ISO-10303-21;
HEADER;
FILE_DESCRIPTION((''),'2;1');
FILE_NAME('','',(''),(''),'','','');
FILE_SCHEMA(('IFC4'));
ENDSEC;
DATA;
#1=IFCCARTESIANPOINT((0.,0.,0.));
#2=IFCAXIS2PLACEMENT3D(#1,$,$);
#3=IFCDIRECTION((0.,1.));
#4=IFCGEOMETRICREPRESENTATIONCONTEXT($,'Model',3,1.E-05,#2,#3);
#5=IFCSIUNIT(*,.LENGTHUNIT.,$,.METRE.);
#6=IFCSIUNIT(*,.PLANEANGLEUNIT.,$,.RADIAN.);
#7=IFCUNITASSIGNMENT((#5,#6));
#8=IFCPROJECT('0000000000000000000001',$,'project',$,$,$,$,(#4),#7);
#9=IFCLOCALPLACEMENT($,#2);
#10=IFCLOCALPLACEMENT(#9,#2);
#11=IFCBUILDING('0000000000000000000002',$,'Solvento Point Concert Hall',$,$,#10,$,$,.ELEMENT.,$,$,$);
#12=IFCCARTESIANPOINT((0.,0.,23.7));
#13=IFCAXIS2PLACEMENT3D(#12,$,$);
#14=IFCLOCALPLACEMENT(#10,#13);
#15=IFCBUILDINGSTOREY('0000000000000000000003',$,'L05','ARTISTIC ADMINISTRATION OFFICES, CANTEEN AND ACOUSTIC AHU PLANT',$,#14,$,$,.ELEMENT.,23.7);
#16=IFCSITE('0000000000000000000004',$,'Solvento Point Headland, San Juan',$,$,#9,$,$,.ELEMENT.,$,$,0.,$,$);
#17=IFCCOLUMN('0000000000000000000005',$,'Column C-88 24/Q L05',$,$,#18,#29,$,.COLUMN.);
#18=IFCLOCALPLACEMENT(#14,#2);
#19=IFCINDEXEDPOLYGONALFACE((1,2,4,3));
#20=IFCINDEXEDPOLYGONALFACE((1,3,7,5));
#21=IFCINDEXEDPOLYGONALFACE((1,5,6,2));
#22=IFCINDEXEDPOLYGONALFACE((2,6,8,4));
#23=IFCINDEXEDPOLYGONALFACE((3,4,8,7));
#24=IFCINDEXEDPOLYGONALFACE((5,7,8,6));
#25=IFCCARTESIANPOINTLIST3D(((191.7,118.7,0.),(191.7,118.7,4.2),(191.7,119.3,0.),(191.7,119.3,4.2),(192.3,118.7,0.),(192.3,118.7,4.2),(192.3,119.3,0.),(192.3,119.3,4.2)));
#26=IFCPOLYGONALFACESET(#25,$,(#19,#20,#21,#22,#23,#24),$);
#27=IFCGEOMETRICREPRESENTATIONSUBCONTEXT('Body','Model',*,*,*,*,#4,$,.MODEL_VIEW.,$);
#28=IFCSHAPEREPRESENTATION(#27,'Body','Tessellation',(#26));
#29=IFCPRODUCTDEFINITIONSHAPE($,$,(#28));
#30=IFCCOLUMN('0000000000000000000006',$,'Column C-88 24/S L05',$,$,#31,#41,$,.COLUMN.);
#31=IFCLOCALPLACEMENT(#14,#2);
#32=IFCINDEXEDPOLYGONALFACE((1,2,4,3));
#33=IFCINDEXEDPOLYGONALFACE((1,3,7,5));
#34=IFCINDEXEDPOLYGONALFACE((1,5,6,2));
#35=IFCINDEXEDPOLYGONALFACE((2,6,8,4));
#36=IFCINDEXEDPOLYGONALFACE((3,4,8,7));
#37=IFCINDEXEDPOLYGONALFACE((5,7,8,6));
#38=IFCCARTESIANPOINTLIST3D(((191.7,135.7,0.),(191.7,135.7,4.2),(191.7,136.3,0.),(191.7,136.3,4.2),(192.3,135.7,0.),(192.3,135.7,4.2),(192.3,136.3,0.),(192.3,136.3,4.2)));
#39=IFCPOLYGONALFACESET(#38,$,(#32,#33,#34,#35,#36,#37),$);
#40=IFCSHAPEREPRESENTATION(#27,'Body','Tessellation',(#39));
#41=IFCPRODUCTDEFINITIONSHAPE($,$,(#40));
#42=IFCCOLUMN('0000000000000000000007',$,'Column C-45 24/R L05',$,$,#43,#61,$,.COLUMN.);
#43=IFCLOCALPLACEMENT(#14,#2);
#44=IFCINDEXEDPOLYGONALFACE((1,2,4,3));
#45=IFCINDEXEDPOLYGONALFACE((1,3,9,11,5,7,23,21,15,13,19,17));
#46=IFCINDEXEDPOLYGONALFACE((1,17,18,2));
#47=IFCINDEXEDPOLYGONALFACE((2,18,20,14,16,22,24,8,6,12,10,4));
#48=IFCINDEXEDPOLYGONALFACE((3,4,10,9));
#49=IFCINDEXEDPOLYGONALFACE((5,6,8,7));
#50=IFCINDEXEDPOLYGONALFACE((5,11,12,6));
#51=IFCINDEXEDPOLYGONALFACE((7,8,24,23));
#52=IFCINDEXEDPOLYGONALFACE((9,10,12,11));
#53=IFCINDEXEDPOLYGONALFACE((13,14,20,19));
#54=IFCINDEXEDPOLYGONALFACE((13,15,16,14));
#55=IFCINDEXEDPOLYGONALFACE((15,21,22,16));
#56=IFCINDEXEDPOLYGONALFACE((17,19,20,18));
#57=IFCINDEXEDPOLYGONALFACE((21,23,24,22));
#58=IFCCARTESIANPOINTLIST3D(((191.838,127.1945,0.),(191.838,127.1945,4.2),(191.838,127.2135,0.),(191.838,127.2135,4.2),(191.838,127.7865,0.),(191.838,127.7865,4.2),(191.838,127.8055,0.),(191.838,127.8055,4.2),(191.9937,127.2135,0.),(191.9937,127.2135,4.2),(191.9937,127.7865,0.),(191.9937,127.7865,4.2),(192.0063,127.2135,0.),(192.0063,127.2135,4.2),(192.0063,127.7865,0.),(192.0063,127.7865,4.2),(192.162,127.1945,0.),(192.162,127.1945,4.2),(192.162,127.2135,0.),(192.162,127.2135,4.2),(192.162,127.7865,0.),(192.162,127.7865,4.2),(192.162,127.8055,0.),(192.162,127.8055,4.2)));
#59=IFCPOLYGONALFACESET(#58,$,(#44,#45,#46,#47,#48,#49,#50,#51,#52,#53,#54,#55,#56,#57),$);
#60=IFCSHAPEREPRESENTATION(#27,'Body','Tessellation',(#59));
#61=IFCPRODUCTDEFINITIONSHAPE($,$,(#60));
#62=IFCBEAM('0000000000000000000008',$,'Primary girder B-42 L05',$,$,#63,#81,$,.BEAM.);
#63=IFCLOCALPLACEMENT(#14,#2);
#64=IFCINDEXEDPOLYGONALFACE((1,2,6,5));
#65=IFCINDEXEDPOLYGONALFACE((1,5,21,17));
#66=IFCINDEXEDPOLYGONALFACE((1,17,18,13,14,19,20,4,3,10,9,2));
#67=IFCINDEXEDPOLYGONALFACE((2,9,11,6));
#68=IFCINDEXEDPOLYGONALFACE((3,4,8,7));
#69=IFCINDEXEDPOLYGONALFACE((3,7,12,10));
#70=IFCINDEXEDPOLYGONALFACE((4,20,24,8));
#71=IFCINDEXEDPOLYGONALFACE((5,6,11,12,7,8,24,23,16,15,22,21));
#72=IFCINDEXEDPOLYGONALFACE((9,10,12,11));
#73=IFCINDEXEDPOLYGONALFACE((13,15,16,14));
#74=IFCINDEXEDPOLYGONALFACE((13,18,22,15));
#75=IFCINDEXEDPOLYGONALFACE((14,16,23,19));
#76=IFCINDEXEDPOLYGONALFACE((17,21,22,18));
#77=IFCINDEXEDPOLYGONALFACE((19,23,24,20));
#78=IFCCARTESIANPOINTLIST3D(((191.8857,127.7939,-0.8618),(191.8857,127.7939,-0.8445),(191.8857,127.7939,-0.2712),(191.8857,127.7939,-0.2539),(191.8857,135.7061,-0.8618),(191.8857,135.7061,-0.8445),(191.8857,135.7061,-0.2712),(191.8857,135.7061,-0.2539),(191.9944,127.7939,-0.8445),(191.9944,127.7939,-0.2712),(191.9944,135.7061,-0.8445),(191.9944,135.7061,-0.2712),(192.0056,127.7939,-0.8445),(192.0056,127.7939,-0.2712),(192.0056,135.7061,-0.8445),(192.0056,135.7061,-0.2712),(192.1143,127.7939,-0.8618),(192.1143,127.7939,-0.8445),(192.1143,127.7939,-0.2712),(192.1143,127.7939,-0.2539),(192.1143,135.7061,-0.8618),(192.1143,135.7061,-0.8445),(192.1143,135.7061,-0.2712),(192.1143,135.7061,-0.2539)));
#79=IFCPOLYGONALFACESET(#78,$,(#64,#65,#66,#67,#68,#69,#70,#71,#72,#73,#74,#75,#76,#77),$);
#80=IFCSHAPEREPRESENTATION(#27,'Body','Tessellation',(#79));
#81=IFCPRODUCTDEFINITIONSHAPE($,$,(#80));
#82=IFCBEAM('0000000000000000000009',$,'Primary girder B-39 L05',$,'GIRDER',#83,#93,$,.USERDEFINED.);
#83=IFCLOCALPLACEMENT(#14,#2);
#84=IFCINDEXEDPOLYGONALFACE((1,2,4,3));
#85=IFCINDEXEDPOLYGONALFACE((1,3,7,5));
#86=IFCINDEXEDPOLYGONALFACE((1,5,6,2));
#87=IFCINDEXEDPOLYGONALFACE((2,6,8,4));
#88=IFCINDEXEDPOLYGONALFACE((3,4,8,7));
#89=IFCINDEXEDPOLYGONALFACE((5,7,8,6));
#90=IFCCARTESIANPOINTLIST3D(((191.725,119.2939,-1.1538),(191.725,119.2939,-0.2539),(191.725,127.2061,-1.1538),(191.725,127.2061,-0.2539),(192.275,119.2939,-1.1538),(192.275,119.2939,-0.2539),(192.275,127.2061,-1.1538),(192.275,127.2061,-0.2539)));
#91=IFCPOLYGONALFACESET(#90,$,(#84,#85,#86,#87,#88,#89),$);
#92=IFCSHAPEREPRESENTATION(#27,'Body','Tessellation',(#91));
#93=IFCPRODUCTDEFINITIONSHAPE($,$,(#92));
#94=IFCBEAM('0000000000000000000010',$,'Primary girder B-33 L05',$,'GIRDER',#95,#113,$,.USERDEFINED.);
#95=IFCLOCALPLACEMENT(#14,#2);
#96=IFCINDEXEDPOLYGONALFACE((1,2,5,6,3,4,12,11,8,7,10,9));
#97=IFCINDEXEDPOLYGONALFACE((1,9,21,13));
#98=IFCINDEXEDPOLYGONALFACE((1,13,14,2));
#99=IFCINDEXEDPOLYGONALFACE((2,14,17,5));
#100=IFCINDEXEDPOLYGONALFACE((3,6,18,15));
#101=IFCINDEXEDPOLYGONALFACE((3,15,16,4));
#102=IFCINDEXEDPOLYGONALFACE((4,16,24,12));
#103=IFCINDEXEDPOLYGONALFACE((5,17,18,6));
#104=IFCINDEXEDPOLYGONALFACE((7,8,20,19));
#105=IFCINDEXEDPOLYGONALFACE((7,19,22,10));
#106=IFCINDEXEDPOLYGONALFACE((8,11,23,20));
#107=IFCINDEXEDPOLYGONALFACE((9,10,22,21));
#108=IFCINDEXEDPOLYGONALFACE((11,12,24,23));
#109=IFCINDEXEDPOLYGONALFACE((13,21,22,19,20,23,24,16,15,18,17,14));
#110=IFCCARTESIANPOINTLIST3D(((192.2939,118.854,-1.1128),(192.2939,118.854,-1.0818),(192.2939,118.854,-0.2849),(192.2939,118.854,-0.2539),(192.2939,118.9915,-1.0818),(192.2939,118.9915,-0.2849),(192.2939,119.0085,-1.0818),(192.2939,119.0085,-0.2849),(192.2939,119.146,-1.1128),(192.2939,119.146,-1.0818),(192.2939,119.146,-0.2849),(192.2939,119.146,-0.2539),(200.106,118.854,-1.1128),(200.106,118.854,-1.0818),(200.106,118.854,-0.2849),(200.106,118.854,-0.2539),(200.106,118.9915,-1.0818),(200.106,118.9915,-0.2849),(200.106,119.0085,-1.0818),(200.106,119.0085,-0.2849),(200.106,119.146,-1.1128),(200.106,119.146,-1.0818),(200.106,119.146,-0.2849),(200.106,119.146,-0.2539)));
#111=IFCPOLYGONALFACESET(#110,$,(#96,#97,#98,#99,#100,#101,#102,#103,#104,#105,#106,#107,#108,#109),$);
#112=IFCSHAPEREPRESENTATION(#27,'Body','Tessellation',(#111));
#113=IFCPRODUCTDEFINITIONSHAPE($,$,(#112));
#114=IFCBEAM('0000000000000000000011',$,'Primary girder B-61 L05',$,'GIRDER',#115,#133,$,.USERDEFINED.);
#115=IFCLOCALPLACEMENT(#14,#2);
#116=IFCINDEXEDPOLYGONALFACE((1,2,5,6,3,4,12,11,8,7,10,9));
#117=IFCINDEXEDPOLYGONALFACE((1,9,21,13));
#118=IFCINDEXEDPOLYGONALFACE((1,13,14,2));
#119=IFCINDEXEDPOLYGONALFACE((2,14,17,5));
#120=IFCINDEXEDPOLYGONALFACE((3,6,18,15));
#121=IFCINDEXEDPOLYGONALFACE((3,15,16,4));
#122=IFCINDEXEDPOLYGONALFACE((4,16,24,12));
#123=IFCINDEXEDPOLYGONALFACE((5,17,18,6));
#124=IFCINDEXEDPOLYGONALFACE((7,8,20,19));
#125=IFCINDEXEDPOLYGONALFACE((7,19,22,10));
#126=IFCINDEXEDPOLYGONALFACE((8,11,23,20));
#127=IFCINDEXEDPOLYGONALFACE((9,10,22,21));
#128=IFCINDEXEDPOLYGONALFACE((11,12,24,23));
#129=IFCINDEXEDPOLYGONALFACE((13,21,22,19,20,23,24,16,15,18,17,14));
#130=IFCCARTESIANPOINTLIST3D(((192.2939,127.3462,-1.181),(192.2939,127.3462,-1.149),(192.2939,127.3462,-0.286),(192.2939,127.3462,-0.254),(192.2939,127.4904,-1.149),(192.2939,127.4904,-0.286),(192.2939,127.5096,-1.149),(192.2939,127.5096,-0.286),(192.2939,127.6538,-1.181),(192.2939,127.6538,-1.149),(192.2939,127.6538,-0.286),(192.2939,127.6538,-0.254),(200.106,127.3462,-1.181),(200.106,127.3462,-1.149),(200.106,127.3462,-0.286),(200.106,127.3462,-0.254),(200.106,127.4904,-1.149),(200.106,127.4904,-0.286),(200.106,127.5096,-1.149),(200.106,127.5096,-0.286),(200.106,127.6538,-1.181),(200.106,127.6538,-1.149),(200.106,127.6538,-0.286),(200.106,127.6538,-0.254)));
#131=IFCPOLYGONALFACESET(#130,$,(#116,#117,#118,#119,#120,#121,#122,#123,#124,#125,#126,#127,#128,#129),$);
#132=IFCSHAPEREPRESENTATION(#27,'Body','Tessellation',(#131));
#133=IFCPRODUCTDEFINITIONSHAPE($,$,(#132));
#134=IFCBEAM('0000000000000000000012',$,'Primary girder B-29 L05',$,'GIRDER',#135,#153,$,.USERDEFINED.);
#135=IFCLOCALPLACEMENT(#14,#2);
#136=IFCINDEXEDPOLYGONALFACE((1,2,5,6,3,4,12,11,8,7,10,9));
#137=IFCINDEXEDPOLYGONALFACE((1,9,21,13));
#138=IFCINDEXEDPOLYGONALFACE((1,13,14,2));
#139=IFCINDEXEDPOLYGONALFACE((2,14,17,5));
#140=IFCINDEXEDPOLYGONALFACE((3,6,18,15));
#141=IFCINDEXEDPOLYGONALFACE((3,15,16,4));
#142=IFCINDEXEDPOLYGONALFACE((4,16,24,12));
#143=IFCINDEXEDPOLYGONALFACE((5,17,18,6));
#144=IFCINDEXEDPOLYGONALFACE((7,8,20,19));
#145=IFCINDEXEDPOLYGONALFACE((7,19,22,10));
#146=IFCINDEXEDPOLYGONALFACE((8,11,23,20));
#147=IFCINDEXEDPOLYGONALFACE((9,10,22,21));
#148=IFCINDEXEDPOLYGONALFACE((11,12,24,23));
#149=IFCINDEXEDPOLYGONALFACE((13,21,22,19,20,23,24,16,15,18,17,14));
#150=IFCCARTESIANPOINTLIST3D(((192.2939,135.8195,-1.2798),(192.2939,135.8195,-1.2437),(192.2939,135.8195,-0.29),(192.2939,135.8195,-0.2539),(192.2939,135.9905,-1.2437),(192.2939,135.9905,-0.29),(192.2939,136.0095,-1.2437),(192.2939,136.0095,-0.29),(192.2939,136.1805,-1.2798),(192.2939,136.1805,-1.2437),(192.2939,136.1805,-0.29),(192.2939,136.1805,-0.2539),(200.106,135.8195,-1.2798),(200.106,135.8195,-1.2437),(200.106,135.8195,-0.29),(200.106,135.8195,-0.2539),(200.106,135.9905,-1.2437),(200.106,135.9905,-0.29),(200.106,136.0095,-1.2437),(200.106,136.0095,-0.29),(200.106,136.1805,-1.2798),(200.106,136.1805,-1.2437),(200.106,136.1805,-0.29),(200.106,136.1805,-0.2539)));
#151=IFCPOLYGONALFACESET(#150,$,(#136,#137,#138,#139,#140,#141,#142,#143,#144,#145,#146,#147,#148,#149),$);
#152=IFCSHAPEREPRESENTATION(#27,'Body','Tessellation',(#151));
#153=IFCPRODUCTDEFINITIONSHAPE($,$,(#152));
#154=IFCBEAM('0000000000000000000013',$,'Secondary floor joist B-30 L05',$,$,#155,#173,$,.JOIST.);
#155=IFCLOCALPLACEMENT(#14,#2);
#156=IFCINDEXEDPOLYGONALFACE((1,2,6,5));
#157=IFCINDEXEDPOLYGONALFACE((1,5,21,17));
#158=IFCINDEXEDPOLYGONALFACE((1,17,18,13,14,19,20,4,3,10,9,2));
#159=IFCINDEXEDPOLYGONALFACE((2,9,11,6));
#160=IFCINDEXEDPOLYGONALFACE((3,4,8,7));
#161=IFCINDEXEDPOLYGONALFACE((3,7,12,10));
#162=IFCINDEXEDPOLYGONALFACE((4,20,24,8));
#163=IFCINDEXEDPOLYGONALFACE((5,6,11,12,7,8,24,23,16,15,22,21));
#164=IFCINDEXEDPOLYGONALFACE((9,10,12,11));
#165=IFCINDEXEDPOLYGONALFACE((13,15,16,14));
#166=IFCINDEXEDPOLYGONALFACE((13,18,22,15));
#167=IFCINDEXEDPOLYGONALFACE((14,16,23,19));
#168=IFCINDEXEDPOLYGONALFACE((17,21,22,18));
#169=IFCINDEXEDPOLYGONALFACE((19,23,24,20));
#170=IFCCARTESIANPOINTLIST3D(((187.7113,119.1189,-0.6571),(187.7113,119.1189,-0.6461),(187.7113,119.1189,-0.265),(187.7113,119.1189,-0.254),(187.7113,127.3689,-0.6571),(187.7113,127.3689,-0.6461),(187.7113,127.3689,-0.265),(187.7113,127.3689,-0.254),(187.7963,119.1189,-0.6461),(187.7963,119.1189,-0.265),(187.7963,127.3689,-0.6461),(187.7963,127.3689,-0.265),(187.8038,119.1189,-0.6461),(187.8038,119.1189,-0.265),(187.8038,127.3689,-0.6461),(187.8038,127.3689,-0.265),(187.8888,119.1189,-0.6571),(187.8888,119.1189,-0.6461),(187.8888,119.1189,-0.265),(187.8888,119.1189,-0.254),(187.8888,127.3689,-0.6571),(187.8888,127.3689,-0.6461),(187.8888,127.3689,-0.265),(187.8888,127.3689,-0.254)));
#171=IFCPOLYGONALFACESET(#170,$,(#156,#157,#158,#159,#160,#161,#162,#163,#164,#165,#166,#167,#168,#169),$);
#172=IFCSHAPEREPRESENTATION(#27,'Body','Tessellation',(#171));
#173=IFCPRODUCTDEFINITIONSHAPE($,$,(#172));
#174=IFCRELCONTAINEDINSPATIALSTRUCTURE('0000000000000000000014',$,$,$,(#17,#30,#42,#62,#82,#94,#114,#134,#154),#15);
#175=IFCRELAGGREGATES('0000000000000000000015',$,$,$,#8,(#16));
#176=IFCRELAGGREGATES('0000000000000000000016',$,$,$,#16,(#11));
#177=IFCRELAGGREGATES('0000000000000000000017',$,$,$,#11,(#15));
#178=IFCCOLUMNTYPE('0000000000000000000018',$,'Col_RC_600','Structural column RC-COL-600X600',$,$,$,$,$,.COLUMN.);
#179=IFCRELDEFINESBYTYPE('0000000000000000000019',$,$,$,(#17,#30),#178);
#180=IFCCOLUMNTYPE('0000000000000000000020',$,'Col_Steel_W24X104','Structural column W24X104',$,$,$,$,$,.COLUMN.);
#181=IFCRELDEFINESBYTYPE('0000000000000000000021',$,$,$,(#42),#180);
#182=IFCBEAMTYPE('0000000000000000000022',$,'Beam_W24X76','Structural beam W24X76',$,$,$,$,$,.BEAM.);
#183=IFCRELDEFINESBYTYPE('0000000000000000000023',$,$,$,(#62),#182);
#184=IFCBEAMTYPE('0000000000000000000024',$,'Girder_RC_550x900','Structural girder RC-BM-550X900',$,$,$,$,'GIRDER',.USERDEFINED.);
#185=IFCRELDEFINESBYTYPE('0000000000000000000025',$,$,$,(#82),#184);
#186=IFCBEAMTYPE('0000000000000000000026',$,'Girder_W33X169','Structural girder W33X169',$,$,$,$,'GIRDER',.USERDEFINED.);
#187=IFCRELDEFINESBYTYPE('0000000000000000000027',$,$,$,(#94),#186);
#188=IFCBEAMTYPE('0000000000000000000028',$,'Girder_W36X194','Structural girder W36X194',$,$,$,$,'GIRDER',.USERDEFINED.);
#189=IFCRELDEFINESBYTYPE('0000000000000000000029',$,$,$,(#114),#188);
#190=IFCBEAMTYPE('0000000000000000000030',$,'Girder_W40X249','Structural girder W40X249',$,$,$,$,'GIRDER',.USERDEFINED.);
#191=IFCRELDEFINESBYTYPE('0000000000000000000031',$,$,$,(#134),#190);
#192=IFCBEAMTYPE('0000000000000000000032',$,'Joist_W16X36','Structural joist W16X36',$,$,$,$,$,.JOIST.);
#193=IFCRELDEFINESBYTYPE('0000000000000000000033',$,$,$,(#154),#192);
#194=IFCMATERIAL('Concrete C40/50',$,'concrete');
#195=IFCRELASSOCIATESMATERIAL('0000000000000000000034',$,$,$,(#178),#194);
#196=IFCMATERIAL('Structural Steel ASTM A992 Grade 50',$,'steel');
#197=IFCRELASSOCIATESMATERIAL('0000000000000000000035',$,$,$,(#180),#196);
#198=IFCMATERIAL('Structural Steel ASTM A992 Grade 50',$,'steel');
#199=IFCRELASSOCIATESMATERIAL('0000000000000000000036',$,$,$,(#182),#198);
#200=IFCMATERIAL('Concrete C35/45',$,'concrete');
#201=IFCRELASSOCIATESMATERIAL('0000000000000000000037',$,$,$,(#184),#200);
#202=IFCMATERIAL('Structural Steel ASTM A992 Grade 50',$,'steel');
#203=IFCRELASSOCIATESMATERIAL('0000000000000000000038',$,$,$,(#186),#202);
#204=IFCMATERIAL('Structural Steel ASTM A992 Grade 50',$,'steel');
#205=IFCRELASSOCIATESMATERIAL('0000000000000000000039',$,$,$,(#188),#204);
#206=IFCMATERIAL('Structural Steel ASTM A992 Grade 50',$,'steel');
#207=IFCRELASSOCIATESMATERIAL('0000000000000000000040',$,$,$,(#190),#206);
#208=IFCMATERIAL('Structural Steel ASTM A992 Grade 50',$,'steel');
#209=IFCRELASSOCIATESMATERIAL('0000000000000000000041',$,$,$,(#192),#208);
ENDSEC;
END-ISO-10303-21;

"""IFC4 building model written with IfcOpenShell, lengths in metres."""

from ifc_helpers import new_model, si_unit, direction, frame, origin, origin_2d, place, context, subcontext, project, spatial, rectangle, i_section, extrude, material, material_profile, profile_set, type_object, element, save


model = new_model("IFC4")

# Units and contexts
model_context = context("Model", 3, precision=1e-05, world=origin(), true_north=direction((0.0, 1.0)))
body_context = subcontext(model_context, "Body", "Model", "MODEL_VIEW")
ifc_project = project(units=[si_unit("LENGTHUNIT", "METRE"), si_unit("PLANEANGLEUNIT", "RADIAN")], contexts=[model_context])

# Site, building, storey
site_placement = place(None, origin())
site = spatial("IfcSite", under=ifc_project, at=site_placement, Name="Solvento Point Headland, San Juan", CompositionType="ELEMENT", RefElevation=0.0)
building_placement = place(site_placement, origin())
building = spatial("IfcBuilding", under=site, at=building_placement, Name="Solvento Point Concert Hall", CompositionType="ELEMENT")
storey_placement = place(building_placement, frame((0.0, 0.0, 23.7)))
storey = spatial("IfcBuildingStorey", under=building, at=storey_placement, Name="L05", Description="ARTISTIC ADMINISTRATION OFFICES, CANTEEN AND ACOUSTIC AHU PLANT", CompositionType="ELEMENT", Elevation=23.7)

# Columns
ifc_material_1 = material(Name="Concrete C40/50", Category="concrete")
ifc_material_profile_1 = material_profile(ifc_material_1, rectangle(XDim=0.6001, YDim=0.6001, at=origin_2d()), Name="RC-COL-600X600")
ifc_profile_set_1 = profile_set([ifc_material_profile_1], Name="Concrete C40/50")
column_type_1 = type_object("IfcColumnType", Name="Col_RC_600", Description="Structural column RC-COL-600X600", PredefinedType="COLUMN", material=ifc_profile_set_1)
for number, where, z_axis, x_axis, name in (
    (1, (192.0, 119.0, 0.0), (0.0, 0.0, 1.0), (1.0, 0.0, 0.0), "Column C-88 24/Q L05"),
    (2, (192.0, 136.0, 0.0), (0.0, 0.0, 1.0), (1.0, 0.0, 0.0), "Column C-88 24/S L05"),
):
    element("IfcColumn", number, at=place(storey_placement, frame(where, z_axis=z_axis, x_axis=x_axis)), inside=storey, type_object=column_type_1, Name=name, PredefinedType="COLUMN", context=body_context, shape_type="SweptSolid", body=[
        extrude(rectangle(XDim=0.6001, YDim=0.6001, at=origin_2d()), origin(), (0.0, 0.0, 1.0), 4.2),
    ])
ifc_material_2 = material(Name="Structural Steel ASTM A992 Grade 50", Category="steel")
ifc_material_profile_2 = material_profile(ifc_material_2, i_section(OverallWidth=0.324, OverallDepth=0.6111, WebThickness=0.0127, FlangeThickness=0.019, at=origin_2d()), Name="W24X104")
ifc_profile_set_2 = profile_set([ifc_material_profile_2], Name="Structural Steel ASTM A992 Grade 50")
column_type_2 = type_object("IfcColumnType", Name="Col_Steel_W24X104", Description="Structural column W24X104", PredefinedType="COLUMN", material=ifc_profile_set_2)
column_placement = place(storey_placement, frame((192.0, 127.5, 0.0), z_axis=(0.0, 0.0, 1.0), x_axis=(1.0, 0.0, 0.0)))
element("IfcColumn", 3, at=column_placement, inside=storey, type_object=column_type_2, Name="Column C-45 24/R L05", PredefinedType="COLUMN", context=body_context, shape_type="SweptSolid", body=[
    extrude(i_section(OverallWidth=0.324, OverallDepth=0.6111, WebThickness=0.0127, FlangeThickness=0.019, at=origin_2d()), origin(), (0.0, 0.0, 1.0), 4.2),
])

# Beams
ifc_material_3 = material(Name="Structural Steel ASTM A992 Grade 50", Category="steel")
ifc_material_profile_3 = material_profile(ifc_material_3, i_section(OverallWidth=0.2285, OverallDepth=0.6079, WebThickness=0.0112, FlangeThickness=0.0173, at=origin_2d()), Name="W24X76")
ifc_profile_set_3 = profile_set([ifc_material_profile_3], Name="Structural Steel ASTM A992 Grade 50")
beam_type_1 = type_object("IfcBeamType", Name="Beam_W24X76", Description="Structural beam W24X76", PredefinedType="BEAM", material=ifc_profile_set_3)
beam_1_placement = place(storey_placement, frame((192.0, 127.7939, -0.5579), z_axis=(0.0, 1.0, 0.0), x_axis=(-1.0, 0.0, 0.0)))
element("IfcBeam", 4, at=beam_1_placement, inside=storey, type_object=beam_type_1, Name="Primary girder B-42 L05", PredefinedType="BEAM", context=body_context, shape_type="SweptSolid", body=[
    extrude(i_section(OverallWidth=0.2285, OverallDepth=0.6079, WebThickness=0.0112, FlangeThickness=0.0173, at=origin_2d()), origin(), (0.0, 0.0, 1.0), 7.9121),
])
ifc_material_4 = material(Name="Concrete C35/45", Category="concrete")
ifc_material_profile_4 = material_profile(ifc_material_4, rectangle(XDim=0.55, YDim=0.8999, at=origin_2d()), Name="RC-BM-550X900")
ifc_profile_set_4 = profile_set([ifc_material_profile_4], Name="Concrete C35/45")
beam_type_2 = type_object("IfcBeamType", Name="Girder_RC_550x900", Description="Structural girder RC-BM-550X900", ElementType="GIRDER", PredefinedType="USERDEFINED", material=ifc_profile_set_4)
beam_2_placement = place(storey_placement, frame((192.0, 119.2939, -0.7039), z_axis=(0.0, 1.0, 0.0), x_axis=(-1.0, 0.0, 0.0)))
element("IfcBeam", 5, at=beam_2_placement, inside=storey, type_object=beam_type_2, Name="Primary girder B-39 L05", ObjectType="GIRDER", PredefinedType="USERDEFINED", context=body_context, shape_type="SweptSolid", body=[
    extrude(rectangle(XDim=0.55, YDim=0.8999, at=origin_2d()), origin(), (0.0, 0.0, 1.0), 7.9121),
])
ifc_material_5 = material(Name="Structural Steel ASTM A992 Grade 50", Category="steel")
ifc_material_profile_5 = material_profile(ifc_material_5, i_section(OverallWidth=0.292, OverallDepth=0.8589, WebThickness=0.0171, FlangeThickness=0.031, at=origin_2d()), Name="W33X169")
ifc_profile_set_5 = profile_set([ifc_material_profile_5], Name="Structural Steel ASTM A992 Grade 50")
beam_type_3 = type_object("IfcBeamType", Name="Girder_W33X169", Description="Structural girder W33X169", ElementType="GIRDER", PredefinedType="USERDEFINED", material=ifc_profile_set_5)
beam_3_placement = place(storey_placement, frame((192.2939, 119.0, -0.6833), z_axis=(1.0, 0.0, 0.0), x_axis=(0.0, 1.0, 0.0)))
element("IfcBeam", 6, at=beam_3_placement, inside=storey, type_object=beam_type_3, Name="Primary girder B-33 L05", ObjectType="GIRDER", PredefinedType="USERDEFINED", context=body_context, shape_type="SweptSolid", body=[
    extrude(i_section(OverallWidth=0.292, OverallDepth=0.8589, WebThickness=0.0171, FlangeThickness=0.031, at=origin_2d()), origin(), (0.0, 0.0, 1.0), 7.812),
])
ifc_material_6 = material(Name="Structural Steel ASTM A992 Grade 50", Category="steel")
ifc_material_profile_6 = material_profile(ifc_material_6, i_section(OverallWidth=0.3076, OverallDepth=0.927, WebThickness=0.0193, FlangeThickness=0.032, at=origin_2d()), Name="W36X194")
ifc_profile_set_6 = profile_set([ifc_material_profile_6], Name="Structural Steel ASTM A992 Grade 50")
beam_type_4 = type_object("IfcBeamType", Name="Girder_W36X194", Description="Structural girder W36X194", ElementType="GIRDER", PredefinedType="USERDEFINED", material=ifc_profile_set_6)
beam_4_placement = place(storey_placement, frame((192.2939, 127.5, -0.7175), z_axis=(1.0, 0.0, 0.0), x_axis=(0.0, 1.0, 0.0)))
element("IfcBeam", 7, at=beam_4_placement, inside=storey, type_object=beam_type_4, Name="Primary girder B-61 L05", ObjectType="GIRDER", PredefinedType="USERDEFINED", context=body_context, shape_type="SweptSolid", body=[
    extrude(i_section(OverallWidth=0.3076, OverallDepth=0.927, WebThickness=0.0193, FlangeThickness=0.032, at=origin_2d()), origin(), (0.0, 0.0, 1.0), 7.812),
])
ifc_material_7 = material(Name="Structural Steel ASTM A992 Grade 50", Category="steel")
ifc_material_profile_7 = material_profile(ifc_material_7, i_section(OverallWidth=0.3611, OverallDepth=1.0259, WebThickness=0.019, FlangeThickness=0.0361, at=origin_2d()), Name="W40X249")
ifc_profile_set_7 = profile_set([ifc_material_profile_7], Name="Structural Steel ASTM A992 Grade 50")
beam_type_5 = type_object("IfcBeamType", Name="Girder_W40X249", Description="Structural girder W40X249", ElementType="GIRDER", PredefinedType="USERDEFINED", material=ifc_profile_set_7)
beam_5_placement = place(storey_placement, frame((192.2939, 136.0, -0.7668), z_axis=(1.0, 0.0, 0.0), x_axis=(0.0, 1.0, 0.0)))
element("IfcBeam", 8, at=beam_5_placement, inside=storey, type_object=beam_type_5, Name="Primary girder B-29 L05", ObjectType="GIRDER", PredefinedType="USERDEFINED", context=body_context, shape_type="SweptSolid", body=[
    extrude(i_section(OverallWidth=0.3611, OverallDepth=1.0259, WebThickness=0.019, FlangeThickness=0.0361, at=origin_2d()), origin(), (0.0, 0.0, 1.0), 7.812),
])
ifc_material_8 = material(Name="Structural Steel ASTM A992 Grade 50", Category="steel")
ifc_material_profile_8 = material_profile(ifc_material_8, i_section(OverallWidth=0.1775, OverallDepth=0.4031, WebThickness=0.0076, FlangeThickness=0.011, at=origin_2d()), Name="W16X36")
ifc_profile_set_8 = profile_set([ifc_material_profile_8], Name="Structural Steel ASTM A992 Grade 50")
beam_type_6 = type_object("IfcBeamType", Name="Joist_W16X36", Description="Structural joist W16X36", PredefinedType="JOIST", material=ifc_profile_set_8)
beam_6_placement = place(storey_placement, frame((187.8, 119.1189, -0.4556), z_axis=(0.0, 1.0, 0.0), x_axis=(-1.0, 0.0, 0.0)))
element("IfcBeam", 9, at=beam_6_placement, inside=storey, type_object=beam_type_6, Name="Secondary floor joist B-30 L05", PredefinedType="JOIST", context=body_context, shape_type="SweptSolid", body=[
    extrude(i_section(OverallWidth=0.1775, OverallDepth=0.4031, WebThickness=0.0076, FlangeThickness=0.011, at=origin_2d()), origin(), (0.0, 0.0, 1.0), 8.25),
])

save(model, "model.ifc")
